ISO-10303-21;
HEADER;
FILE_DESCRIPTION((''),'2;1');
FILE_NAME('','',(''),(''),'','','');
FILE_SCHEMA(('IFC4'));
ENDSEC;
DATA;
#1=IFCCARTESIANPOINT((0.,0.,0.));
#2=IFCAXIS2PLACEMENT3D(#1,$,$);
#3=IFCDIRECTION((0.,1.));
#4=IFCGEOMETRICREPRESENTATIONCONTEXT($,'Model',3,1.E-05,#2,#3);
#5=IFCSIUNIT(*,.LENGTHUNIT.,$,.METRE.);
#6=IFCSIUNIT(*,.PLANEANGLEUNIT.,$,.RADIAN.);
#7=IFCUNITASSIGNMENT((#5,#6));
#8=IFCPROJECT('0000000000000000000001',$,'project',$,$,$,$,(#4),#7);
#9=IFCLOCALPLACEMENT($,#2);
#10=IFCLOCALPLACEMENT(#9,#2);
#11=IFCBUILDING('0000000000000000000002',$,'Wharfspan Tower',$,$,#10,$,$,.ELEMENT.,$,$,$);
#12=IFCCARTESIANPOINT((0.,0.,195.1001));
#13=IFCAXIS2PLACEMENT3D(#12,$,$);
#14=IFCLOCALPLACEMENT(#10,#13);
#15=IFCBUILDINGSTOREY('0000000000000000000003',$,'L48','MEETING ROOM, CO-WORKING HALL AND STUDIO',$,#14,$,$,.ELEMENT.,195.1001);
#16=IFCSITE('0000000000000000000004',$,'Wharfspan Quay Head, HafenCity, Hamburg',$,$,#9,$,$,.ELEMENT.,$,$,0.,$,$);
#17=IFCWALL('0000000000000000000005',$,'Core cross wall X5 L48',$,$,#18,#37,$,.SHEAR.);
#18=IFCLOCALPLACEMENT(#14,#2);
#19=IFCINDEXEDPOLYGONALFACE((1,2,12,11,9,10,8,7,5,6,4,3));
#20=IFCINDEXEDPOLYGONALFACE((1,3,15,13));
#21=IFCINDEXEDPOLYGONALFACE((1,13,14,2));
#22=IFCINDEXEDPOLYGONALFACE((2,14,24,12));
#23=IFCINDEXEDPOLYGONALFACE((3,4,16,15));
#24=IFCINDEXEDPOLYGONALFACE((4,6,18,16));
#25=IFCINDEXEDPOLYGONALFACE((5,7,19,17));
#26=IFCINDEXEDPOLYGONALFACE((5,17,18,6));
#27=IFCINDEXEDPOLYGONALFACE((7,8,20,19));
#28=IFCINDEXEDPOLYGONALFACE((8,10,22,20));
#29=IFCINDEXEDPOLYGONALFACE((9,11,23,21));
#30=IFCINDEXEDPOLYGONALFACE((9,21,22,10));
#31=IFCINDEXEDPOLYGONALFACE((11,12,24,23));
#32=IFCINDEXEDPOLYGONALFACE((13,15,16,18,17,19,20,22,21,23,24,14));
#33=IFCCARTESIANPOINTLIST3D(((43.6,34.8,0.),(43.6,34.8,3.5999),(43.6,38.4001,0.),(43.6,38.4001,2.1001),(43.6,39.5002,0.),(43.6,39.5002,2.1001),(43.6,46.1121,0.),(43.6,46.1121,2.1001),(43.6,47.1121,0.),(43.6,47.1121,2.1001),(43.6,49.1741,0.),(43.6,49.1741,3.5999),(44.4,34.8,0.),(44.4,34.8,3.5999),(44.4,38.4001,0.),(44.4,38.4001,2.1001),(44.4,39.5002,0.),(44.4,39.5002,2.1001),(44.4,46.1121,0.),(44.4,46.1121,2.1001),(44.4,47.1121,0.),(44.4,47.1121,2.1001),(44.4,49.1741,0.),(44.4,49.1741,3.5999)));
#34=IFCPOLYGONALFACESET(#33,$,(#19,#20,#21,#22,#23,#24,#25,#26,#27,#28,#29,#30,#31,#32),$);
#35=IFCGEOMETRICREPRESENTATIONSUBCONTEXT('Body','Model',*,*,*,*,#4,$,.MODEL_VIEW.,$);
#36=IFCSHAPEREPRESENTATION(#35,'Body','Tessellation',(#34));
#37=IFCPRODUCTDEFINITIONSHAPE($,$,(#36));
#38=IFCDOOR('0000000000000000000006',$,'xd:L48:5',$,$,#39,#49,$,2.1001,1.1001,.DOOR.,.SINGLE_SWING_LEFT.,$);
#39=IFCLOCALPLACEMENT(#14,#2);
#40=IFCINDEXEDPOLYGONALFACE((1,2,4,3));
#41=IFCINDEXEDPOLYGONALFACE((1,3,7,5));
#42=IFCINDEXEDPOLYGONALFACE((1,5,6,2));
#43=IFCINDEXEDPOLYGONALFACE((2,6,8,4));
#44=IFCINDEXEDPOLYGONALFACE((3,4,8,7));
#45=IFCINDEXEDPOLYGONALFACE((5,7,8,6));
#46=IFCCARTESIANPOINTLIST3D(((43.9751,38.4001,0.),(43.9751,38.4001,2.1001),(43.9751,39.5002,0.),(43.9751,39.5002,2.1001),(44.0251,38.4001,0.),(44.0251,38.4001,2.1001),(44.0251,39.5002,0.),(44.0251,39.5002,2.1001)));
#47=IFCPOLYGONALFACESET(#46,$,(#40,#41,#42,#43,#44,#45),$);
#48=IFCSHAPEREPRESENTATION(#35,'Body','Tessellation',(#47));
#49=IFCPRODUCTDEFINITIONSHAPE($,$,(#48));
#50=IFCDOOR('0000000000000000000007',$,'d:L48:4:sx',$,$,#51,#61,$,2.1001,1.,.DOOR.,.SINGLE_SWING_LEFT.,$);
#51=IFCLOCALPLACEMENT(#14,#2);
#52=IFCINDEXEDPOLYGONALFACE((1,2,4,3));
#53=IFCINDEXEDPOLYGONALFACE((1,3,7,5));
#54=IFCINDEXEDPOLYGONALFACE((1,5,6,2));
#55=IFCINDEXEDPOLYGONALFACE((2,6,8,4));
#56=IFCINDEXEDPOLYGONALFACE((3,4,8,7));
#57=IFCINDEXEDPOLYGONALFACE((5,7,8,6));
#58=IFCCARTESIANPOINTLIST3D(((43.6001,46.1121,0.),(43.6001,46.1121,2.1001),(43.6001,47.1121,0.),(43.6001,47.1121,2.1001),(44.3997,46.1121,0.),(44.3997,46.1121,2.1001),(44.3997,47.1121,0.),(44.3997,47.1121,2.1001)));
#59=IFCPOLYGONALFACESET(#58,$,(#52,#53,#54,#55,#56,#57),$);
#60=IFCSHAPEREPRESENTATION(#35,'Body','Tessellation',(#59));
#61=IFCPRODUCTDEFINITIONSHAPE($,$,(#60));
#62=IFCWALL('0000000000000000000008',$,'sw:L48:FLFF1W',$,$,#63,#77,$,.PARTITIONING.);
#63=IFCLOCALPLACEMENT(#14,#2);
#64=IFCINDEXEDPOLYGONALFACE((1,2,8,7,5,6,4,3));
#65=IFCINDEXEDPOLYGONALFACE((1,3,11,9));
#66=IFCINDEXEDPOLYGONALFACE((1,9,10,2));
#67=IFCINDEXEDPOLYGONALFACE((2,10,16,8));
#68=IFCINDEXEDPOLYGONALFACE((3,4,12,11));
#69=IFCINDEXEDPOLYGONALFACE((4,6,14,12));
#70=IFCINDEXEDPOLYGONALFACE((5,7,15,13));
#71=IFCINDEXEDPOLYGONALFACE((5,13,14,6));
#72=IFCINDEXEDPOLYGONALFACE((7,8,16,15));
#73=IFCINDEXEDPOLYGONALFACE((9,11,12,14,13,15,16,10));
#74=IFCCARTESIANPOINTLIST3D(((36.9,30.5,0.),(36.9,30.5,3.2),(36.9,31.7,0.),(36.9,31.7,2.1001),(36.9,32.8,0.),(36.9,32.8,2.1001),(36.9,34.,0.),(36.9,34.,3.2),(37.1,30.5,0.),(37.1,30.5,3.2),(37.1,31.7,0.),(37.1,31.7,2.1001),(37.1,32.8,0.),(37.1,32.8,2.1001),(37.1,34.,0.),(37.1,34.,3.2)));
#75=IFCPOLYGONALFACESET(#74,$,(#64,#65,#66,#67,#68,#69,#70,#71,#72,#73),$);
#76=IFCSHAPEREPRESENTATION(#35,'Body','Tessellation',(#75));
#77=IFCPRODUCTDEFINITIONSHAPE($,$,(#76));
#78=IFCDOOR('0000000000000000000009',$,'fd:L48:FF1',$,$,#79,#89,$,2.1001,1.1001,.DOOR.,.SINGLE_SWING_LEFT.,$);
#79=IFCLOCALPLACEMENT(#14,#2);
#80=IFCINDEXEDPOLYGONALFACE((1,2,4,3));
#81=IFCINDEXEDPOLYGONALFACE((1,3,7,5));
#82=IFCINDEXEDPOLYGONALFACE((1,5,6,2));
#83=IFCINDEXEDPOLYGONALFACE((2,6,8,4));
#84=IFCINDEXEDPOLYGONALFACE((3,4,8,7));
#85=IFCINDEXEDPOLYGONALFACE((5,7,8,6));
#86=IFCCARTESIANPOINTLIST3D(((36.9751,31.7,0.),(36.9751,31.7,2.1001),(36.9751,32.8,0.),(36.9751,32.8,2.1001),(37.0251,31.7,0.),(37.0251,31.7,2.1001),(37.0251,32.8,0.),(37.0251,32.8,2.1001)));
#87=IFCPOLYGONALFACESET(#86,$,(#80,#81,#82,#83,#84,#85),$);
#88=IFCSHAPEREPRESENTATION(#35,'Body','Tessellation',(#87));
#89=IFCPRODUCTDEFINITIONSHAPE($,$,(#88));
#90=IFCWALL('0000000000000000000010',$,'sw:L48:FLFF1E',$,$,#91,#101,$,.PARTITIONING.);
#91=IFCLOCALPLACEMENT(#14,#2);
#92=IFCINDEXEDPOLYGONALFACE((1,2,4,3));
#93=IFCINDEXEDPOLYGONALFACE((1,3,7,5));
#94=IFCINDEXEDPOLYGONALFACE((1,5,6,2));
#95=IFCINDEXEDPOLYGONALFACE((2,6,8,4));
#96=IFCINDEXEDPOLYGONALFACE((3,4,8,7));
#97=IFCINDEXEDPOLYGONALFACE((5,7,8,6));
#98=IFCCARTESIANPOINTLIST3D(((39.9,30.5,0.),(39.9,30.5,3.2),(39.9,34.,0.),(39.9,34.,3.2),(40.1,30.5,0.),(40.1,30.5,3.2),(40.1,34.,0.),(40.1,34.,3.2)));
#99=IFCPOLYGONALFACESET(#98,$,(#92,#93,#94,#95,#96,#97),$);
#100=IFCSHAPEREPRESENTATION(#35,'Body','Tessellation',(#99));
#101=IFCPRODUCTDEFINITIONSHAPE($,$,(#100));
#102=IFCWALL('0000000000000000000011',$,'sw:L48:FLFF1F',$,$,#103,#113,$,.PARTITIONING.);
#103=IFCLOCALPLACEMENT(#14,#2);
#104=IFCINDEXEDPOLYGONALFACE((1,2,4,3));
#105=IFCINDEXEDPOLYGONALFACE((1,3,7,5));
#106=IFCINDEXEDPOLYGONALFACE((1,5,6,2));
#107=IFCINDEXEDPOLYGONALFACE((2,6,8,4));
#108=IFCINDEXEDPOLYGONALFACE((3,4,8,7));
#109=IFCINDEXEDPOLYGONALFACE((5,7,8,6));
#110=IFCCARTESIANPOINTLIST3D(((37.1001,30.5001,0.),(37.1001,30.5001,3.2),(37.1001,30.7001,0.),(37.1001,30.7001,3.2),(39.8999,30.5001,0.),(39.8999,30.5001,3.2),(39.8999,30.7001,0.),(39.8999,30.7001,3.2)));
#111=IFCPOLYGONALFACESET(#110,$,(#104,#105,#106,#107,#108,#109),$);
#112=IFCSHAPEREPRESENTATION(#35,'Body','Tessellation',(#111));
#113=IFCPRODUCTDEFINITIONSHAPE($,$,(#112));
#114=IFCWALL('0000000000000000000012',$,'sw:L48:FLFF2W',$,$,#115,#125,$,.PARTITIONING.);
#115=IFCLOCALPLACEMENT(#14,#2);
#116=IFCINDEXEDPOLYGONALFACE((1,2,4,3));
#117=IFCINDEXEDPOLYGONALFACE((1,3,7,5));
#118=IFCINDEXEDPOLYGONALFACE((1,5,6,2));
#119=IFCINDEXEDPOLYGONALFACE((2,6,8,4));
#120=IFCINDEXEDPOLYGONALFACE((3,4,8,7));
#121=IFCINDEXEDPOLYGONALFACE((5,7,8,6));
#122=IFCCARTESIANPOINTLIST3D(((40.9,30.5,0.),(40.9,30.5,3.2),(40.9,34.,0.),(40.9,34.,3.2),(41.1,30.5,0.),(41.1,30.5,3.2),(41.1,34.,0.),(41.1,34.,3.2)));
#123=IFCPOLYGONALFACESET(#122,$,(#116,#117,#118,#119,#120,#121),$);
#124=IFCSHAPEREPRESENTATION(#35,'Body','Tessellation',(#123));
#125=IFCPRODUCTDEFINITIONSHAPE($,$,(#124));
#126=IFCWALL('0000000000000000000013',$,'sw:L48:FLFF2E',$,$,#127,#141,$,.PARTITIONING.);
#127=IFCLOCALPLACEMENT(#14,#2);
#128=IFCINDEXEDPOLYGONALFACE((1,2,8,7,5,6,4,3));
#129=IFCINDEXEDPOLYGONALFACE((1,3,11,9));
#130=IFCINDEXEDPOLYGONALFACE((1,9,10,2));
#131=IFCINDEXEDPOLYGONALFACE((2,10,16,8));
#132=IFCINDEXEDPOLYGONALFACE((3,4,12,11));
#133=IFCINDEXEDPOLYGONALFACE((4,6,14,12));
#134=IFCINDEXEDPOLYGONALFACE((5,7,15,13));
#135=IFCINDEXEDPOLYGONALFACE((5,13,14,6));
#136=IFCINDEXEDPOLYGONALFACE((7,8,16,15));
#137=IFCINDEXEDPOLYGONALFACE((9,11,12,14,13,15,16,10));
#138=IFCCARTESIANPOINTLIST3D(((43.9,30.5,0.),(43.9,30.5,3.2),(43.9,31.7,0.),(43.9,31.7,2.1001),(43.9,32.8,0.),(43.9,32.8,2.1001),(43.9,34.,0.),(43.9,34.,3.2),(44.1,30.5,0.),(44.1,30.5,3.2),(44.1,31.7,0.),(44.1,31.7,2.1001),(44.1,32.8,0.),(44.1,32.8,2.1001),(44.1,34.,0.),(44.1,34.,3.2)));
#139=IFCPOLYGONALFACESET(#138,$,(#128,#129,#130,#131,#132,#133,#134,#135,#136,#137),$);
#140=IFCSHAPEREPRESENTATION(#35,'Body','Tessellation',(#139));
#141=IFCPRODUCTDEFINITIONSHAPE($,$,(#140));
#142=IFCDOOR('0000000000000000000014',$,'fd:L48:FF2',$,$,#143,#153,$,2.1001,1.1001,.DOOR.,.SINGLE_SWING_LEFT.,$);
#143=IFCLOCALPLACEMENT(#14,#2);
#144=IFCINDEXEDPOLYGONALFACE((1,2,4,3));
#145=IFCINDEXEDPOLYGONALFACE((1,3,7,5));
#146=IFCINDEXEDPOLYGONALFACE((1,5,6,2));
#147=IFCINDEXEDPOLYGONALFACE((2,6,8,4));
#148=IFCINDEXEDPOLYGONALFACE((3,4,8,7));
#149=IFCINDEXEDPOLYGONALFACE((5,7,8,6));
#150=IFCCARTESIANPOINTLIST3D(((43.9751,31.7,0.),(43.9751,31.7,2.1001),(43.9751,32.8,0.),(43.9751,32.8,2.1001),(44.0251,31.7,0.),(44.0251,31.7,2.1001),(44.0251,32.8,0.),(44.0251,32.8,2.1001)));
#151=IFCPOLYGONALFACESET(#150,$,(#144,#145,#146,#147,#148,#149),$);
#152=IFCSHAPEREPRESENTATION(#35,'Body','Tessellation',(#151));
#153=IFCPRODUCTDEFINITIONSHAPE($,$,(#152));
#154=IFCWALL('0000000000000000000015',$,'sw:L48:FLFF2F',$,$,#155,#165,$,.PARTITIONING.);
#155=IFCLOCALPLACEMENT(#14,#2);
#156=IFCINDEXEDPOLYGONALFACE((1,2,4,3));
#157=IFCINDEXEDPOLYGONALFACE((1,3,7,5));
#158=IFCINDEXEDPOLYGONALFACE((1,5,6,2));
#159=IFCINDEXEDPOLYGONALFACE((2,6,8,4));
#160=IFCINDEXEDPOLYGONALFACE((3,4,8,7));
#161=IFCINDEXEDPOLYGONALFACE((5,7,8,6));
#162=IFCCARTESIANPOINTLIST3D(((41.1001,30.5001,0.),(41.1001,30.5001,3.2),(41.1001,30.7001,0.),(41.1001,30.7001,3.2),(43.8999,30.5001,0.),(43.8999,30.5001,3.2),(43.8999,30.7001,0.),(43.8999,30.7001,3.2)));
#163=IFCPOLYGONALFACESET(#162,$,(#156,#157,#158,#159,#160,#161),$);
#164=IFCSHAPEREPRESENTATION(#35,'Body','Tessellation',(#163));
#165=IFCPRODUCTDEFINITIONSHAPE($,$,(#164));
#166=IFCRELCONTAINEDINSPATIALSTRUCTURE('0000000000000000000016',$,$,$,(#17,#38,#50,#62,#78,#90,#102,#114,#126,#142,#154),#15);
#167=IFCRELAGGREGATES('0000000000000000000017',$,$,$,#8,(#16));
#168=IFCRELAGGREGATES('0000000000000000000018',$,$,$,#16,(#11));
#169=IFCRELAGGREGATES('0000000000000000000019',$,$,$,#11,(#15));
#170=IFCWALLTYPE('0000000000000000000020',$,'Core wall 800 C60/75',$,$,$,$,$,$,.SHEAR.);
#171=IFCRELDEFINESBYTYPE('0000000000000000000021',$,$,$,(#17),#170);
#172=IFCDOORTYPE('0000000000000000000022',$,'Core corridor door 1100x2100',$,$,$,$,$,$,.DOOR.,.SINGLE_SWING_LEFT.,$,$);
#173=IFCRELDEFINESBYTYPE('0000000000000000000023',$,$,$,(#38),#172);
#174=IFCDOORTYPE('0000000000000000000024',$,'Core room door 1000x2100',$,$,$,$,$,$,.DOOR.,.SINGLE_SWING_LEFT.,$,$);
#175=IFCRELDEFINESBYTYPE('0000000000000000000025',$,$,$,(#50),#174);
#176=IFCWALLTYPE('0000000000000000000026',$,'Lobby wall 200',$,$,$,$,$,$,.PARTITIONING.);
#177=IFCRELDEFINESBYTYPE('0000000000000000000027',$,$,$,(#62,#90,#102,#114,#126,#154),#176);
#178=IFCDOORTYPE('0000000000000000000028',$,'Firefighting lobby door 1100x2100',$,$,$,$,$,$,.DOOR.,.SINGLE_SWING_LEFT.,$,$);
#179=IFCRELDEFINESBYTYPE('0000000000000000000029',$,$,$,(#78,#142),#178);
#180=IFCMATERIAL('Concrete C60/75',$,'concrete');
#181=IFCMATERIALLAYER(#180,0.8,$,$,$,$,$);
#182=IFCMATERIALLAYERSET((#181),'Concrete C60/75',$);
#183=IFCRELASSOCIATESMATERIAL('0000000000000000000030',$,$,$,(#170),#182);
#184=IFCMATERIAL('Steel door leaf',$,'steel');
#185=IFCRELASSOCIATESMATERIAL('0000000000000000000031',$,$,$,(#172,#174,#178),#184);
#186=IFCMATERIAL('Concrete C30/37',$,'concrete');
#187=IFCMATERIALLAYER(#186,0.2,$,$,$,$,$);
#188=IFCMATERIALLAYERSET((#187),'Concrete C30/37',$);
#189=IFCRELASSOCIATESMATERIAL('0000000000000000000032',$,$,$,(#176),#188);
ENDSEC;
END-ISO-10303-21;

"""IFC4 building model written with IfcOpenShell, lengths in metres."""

from ifc_helpers import new_model, si_unit, direction, frame, frame_2d, origin, place, context, subcontext, project, spatial, rectangle, extrude, material, layer, layer_set, type_object, element, fill, save


model = new_model("IFC4")

# Units and contexts
model_context = context("Model", 3, precision=1e-05, world=origin(), true_north=direction((0.0, 1.0)))
body_context = subcontext(model_context, "Body", "Model", "MODEL_VIEW")
ifc_project = project(units=[si_unit("LENGTHUNIT", "METRE"), si_unit("PLANEANGLEUNIT", "RADIAN")], contexts=[model_context])

# Site, building, storey
site_placement = place(None, origin())
site = spatial("IfcSite", under=ifc_project, at=site_placement, Name="Wharfspan Quay Head, HafenCity, Hamburg", CompositionType="ELEMENT", RefElevation=0.0)
building_placement = place(site_placement, origin())
building = spatial("IfcBuilding", under=site, at=building_placement, Name="Wharfspan Tower", CompositionType="ELEMENT")
storey_placement = place(building_placement, frame((0.0, 0.0, 195.1001)))
storey = spatial("IfcBuildingStorey", under=building, at=storey_placement, Name="L48", Description="MEETING ROOM, CO-WORKING HALL AND STUDIO", CompositionType="ELEMENT", Elevation=195.1001)

# Wall, openings, doors
ifc_material_1 = material(Name="Concrete C60/75", Category="concrete")
ifc_layer_1 = layer(ifc_material_1, 0.8)
ifc_layer_set_1 = layer_set([ifc_layer_1], Name="Concrete C60/75")
wall_type_1 = type_object("IfcWallType", Name="Core wall 800 C60/75", PredefinedType="SHEAR", material=ifc_layer_set_1)
ifc_material_2 = material(Name="Steel door leaf", Category="steel")
door_type_1 = type_object("IfcDoorType", Name="Core corridor door 1100x2100", OperationType="SINGLE_SWING_LEFT", PredefinedType="DOOR", material=ifc_material_2)
door_type_2 = type_object("IfcDoorType", Name="Core room door 1000x2100", OperationType="SINGLE_SWING_LEFT", PredefinedType="DOOR", material=ifc_material_2)
wall_1_placement = place(storey_placement, frame((44.0, 34.8, 0.0), z_axis=(0.0, 0.0, 1.0), x_axis=(0.0, 1.0, 0.0)))
wall_1 = element("IfcWall", 1, at=wall_1_placement, inside=storey, type_object=wall_type_1, Name="Core cross wall X5 L48", PredefinedType="SHEAR", context=body_context, shape_type="SweptSolid", body=[
    extrude(rectangle(XDim=14.374, YDim=0.8, at=frame_2d((7.187, 0.0))), origin(), (0.0, 0.0, 1.0), 3.5999),
])
opening_1_placement = place(wall_1_placement, frame((11.312, 0.0, 0.0)))
opening_1 = element("IfcOpeningElement", 2, at=opening_1_placement, cuts=wall_1, PredefinedType="OPENING", context=body_context, shape_type="SweptSolid", body=[
    extrude(rectangle(XDim=1.0, YDim=2.1001, at=frame_2d((0.5, 1.05))), frame((0.0, 0.4099, 0.0), z_axis=(0.0, -1.0, 0.0), x_axis=(1.0, 0.0, 0.0)), (0.0, 0.0, 1.0), 0.8201),
])
opening_2_placement = place(wall_1_placement, frame((3.6001, 0.0, 0.0)))
opening_2 = element("IfcOpeningElement", 3, at=opening_2_placement, cuts=wall_1, PredefinedType="OPENING", context=body_context, shape_type="SweptSolid", body=[
    extrude(rectangle(XDim=1.1001, YDim=2.1001, at=frame_2d((0.55, 1.05))), frame((0.0, 0.4099, 0.0), z_axis=(0.0, -1.0, 0.0), x_axis=(1.0, 0.0, 0.0)), (0.0, 0.0, 1.0), 0.8201),
])
door_1_placement = place(opening_2_placement, origin())
door_1 = element("IfcDoor", 4, at=door_1_placement, inside=storey, type_object=door_type_1, Name="xd:L48:5", OperationType="SINGLE_SWING_LEFT", OverallHeight=2.1001, OverallWidth=1.1001, PredefinedType="DOOR", context=body_context, shape_type="SweptSolid", body=[
    extrude(rectangle(XDim=1.1001, YDim=2.1001, at=frame_2d((0.55, 1.05))), frame((0.0, 0.0249, 0.0), z_axis=(0.0, -1.0, 0.0), x_axis=(1.0, 0.0, 0.0)), (0.0, 0.0, 1.0), 0.05),
])
fill(opening_2, door_1)
door_2_placement = place(opening_1_placement, origin())
door_2 = element("IfcDoor", 5, at=door_2_placement, inside=storey, type_object=door_type_2, Name="d:L48:4:sx", OperationType="SINGLE_SWING_LEFT", OverallHeight=2.1001, OverallWidth=1.0, PredefinedType="DOOR", context=body_context, shape_type="SweptSolid", body=[
    extrude(rectangle(XDim=1.0, YDim=2.1001, at=frame_2d((0.5, 1.05))), frame((0.0, 0.3999, 0.0), z_axis=(0.0, -1.0, 0.0), x_axis=(1.0, 0.0, 0.0)), (0.0, 0.0, 1.0), 0.7996),
])
fill(opening_1, door_2)

# Wall, opening, door
ifc_material_3 = material(Name="Concrete C30/37", Category="concrete")
ifc_layer_2 = layer(ifc_material_3, 0.2)
ifc_layer_set_2 = layer_set([ifc_layer_2], Name="Concrete C30/37")
wall_type_2 = type_object("IfcWallType", Name="Lobby wall 200", PredefinedType="PARTITIONING", material=ifc_layer_set_2)
wall_2_placement = place(storey_placement, frame((37.0, 30.5, 0.0), z_axis=(0.0, 0.0, 1.0), x_axis=(0.0, 1.0, 0.0)))
wall_2 = element("IfcWall", 6, at=wall_2_placement, inside=storey, type_object=wall_type_2, Name="sw:L48:FLFF1W", PredefinedType="PARTITIONING", context=body_context, shape_type="SweptSolid", body=[
    extrude(rectangle(XDim=3.5, YDim=0.2, at=frame_2d((1.75, 0.0))), origin(), (0.0, 0.0, 1.0), 3.2),
])
opening_3_placement = place(wall_2_placement, frame((1.2, 0.0, 0.0)))
opening_3 = element("IfcOpeningElement", 7, at=opening_3_placement, cuts=wall_2, PredefinedType="OPENING", context=body_context, shape_type="SweptSolid", body=[
    extrude(rectangle(XDim=1.1001, YDim=2.1001, at=frame_2d((0.55, 1.05))), frame((0.0, 0.1099, 0.0), z_axis=(0.0, -1.0, 0.0), x_axis=(1.0, 0.0, 0.0)), (0.0, 0.0, 1.0), 0.22),
])
door_type_3 = type_object("IfcDoorType", Name="Firefighting lobby door 1100x2100", OperationType="SINGLE_SWING_LEFT", PredefinedType="DOOR", material=ifc_material_2)
door_3_placement = place(opening_3_placement, origin())
door_3 = element("IfcDoor", 8, at=door_3_placement, inside=storey, type_object=door_type_3, Name="fd:L48:FF1", OperationType="SINGLE_SWING_LEFT", OverallHeight=2.1001, OverallWidth=1.1001, PredefinedType="DOOR", context=body_context, shape_type="SweptSolid", body=[
    extrude(rectangle(XDim=1.1001, YDim=2.1001, at=frame_2d((0.55, 1.05))), frame((0.0, 0.0249, 0.0), z_axis=(0.0, -1.0, 0.0), x_axis=(1.0, 0.0, 0.0)), (0.0, 0.0, 1.0), 0.05),
])
fill(opening_3, door_3)

# Walls
wall_3_placement = place(storey_placement, frame((40.0, 30.5, 0.0), z_axis=(0.0, 0.0, 1.0), x_axis=(0.0, 1.0, 0.0)))
element("IfcWall", 9, at=wall_3_placement, inside=storey, type_object=wall_type_2, Name="sw:L48:FLFF1E", PredefinedType="PARTITIONING", context=body_context, shape_type="SweptSolid", body=[
    extrude(rectangle(XDim=3.5, YDim=0.2, at=frame_2d((1.75, 0.0))), origin(), (0.0, 0.0, 1.0), 3.2),
])
wall_4_placement = place(storey_placement, frame((37.1001, 30.6001, 0.0), z_axis=(0.0, 0.0, 1.0), x_axis=(1.0, 0.0, 0.0)))
element("IfcWall", 10, at=wall_4_placement, inside=storey, type_object=wall_type_2, Name="sw:L48:FLFF1F", PredefinedType="PARTITIONING", context=body_context, shape_type="SweptSolid", body=[
    extrude(rectangle(XDim=2.7998, YDim=0.2, at=frame_2d((1.3999, 0.0))), origin(), (0.0, 0.0, 1.0), 3.2),
])
wall_5_placement = place(storey_placement, frame((41.0, 30.5, 0.0), z_axis=(0.0, 0.0, 1.0), x_axis=(0.0, 1.0, 0.0)))
element("IfcWall", 11, at=wall_5_placement, inside=storey, type_object=wall_type_2, Name="sw:L48:FLFF2W", PredefinedType="PARTITIONING", context=body_context, shape_type="SweptSolid", body=[
    extrude(rectangle(XDim=3.5, YDim=0.2, at=frame_2d((1.75, 0.0))), origin(), (0.0, 0.0, 1.0), 3.2),
])

# Wall, opening, door
wall_6_placement = place(storey_placement, frame((44.0, 30.5, 0.0), z_axis=(0.0, 0.0, 1.0), x_axis=(0.0, 1.0, 0.0)))
wall_6 = element("IfcWall", 12, at=wall_6_placement, inside=storey, type_object=wall_type_2, Name="sw:L48:FLFF2E", PredefinedType="PARTITIONING", context=body_context, shape_type="SweptSolid", body=[
    extrude(rectangle(XDim=3.5, YDim=0.2, at=frame_2d((1.75, 0.0))), origin(), (0.0, 0.0, 1.0), 3.2),
])
opening_4_placement = place(wall_6_placement, frame((1.2, 0.0, 0.0)))
opening_4 = element("IfcOpeningElement", 13, at=opening_4_placement, cuts=wall_6, PredefinedType="OPENING", context=body_context, shape_type="SweptSolid", body=[
    extrude(rectangle(XDim=1.1001, YDim=2.1001, at=frame_2d((0.55, 1.05))), frame((0.0, 0.1099, 0.0), z_axis=(0.0, -1.0, 0.0), x_axis=(1.0, 0.0, 0.0)), (0.0, 0.0, 1.0), 0.22),
])
door_4_placement = place(opening_4_placement, origin())
door_4 = element("IfcDoor", 14, at=door_4_placement, inside=storey, type_object=door_type_3, Name="fd:L48:FF2", OperationType="SINGLE_SWING_LEFT", OverallHeight=2.1001, OverallWidth=1.1001, PredefinedType="DOOR", context=body_context, shape_type="SweptSolid", body=[
    extrude(rectangle(XDim=1.1001, YDim=2.1001, at=frame_2d((0.55, 1.05))), frame((0.0, 0.0249, 0.0), z_axis=(0.0, -1.0, 0.0), x_axis=(1.0, 0.0, 0.0)), (0.0, 0.0, 1.0), 0.05),
])
fill(opening_4, door_4)

# Wall
wall_7_placement = place(storey_placement, frame((41.1001, 30.6001, 0.0), z_axis=(0.0, 0.0, 1.0), x_axis=(1.0, 0.0, 0.0)))
element("IfcWall", 15, at=wall_7_placement, inside=storey, type_object=wall_type_2, Name="sw:L48:FLFF2F", PredefinedType="PARTITIONING", context=body_context, shape_type="SweptSolid", body=[
    extrude(rectangle(XDim=2.7998, YDim=0.2, at=frame_2d((1.3999, 0.0))), origin(), (0.0, 0.0, 1.0), 3.2),
])

save(model, "model.ifc")
